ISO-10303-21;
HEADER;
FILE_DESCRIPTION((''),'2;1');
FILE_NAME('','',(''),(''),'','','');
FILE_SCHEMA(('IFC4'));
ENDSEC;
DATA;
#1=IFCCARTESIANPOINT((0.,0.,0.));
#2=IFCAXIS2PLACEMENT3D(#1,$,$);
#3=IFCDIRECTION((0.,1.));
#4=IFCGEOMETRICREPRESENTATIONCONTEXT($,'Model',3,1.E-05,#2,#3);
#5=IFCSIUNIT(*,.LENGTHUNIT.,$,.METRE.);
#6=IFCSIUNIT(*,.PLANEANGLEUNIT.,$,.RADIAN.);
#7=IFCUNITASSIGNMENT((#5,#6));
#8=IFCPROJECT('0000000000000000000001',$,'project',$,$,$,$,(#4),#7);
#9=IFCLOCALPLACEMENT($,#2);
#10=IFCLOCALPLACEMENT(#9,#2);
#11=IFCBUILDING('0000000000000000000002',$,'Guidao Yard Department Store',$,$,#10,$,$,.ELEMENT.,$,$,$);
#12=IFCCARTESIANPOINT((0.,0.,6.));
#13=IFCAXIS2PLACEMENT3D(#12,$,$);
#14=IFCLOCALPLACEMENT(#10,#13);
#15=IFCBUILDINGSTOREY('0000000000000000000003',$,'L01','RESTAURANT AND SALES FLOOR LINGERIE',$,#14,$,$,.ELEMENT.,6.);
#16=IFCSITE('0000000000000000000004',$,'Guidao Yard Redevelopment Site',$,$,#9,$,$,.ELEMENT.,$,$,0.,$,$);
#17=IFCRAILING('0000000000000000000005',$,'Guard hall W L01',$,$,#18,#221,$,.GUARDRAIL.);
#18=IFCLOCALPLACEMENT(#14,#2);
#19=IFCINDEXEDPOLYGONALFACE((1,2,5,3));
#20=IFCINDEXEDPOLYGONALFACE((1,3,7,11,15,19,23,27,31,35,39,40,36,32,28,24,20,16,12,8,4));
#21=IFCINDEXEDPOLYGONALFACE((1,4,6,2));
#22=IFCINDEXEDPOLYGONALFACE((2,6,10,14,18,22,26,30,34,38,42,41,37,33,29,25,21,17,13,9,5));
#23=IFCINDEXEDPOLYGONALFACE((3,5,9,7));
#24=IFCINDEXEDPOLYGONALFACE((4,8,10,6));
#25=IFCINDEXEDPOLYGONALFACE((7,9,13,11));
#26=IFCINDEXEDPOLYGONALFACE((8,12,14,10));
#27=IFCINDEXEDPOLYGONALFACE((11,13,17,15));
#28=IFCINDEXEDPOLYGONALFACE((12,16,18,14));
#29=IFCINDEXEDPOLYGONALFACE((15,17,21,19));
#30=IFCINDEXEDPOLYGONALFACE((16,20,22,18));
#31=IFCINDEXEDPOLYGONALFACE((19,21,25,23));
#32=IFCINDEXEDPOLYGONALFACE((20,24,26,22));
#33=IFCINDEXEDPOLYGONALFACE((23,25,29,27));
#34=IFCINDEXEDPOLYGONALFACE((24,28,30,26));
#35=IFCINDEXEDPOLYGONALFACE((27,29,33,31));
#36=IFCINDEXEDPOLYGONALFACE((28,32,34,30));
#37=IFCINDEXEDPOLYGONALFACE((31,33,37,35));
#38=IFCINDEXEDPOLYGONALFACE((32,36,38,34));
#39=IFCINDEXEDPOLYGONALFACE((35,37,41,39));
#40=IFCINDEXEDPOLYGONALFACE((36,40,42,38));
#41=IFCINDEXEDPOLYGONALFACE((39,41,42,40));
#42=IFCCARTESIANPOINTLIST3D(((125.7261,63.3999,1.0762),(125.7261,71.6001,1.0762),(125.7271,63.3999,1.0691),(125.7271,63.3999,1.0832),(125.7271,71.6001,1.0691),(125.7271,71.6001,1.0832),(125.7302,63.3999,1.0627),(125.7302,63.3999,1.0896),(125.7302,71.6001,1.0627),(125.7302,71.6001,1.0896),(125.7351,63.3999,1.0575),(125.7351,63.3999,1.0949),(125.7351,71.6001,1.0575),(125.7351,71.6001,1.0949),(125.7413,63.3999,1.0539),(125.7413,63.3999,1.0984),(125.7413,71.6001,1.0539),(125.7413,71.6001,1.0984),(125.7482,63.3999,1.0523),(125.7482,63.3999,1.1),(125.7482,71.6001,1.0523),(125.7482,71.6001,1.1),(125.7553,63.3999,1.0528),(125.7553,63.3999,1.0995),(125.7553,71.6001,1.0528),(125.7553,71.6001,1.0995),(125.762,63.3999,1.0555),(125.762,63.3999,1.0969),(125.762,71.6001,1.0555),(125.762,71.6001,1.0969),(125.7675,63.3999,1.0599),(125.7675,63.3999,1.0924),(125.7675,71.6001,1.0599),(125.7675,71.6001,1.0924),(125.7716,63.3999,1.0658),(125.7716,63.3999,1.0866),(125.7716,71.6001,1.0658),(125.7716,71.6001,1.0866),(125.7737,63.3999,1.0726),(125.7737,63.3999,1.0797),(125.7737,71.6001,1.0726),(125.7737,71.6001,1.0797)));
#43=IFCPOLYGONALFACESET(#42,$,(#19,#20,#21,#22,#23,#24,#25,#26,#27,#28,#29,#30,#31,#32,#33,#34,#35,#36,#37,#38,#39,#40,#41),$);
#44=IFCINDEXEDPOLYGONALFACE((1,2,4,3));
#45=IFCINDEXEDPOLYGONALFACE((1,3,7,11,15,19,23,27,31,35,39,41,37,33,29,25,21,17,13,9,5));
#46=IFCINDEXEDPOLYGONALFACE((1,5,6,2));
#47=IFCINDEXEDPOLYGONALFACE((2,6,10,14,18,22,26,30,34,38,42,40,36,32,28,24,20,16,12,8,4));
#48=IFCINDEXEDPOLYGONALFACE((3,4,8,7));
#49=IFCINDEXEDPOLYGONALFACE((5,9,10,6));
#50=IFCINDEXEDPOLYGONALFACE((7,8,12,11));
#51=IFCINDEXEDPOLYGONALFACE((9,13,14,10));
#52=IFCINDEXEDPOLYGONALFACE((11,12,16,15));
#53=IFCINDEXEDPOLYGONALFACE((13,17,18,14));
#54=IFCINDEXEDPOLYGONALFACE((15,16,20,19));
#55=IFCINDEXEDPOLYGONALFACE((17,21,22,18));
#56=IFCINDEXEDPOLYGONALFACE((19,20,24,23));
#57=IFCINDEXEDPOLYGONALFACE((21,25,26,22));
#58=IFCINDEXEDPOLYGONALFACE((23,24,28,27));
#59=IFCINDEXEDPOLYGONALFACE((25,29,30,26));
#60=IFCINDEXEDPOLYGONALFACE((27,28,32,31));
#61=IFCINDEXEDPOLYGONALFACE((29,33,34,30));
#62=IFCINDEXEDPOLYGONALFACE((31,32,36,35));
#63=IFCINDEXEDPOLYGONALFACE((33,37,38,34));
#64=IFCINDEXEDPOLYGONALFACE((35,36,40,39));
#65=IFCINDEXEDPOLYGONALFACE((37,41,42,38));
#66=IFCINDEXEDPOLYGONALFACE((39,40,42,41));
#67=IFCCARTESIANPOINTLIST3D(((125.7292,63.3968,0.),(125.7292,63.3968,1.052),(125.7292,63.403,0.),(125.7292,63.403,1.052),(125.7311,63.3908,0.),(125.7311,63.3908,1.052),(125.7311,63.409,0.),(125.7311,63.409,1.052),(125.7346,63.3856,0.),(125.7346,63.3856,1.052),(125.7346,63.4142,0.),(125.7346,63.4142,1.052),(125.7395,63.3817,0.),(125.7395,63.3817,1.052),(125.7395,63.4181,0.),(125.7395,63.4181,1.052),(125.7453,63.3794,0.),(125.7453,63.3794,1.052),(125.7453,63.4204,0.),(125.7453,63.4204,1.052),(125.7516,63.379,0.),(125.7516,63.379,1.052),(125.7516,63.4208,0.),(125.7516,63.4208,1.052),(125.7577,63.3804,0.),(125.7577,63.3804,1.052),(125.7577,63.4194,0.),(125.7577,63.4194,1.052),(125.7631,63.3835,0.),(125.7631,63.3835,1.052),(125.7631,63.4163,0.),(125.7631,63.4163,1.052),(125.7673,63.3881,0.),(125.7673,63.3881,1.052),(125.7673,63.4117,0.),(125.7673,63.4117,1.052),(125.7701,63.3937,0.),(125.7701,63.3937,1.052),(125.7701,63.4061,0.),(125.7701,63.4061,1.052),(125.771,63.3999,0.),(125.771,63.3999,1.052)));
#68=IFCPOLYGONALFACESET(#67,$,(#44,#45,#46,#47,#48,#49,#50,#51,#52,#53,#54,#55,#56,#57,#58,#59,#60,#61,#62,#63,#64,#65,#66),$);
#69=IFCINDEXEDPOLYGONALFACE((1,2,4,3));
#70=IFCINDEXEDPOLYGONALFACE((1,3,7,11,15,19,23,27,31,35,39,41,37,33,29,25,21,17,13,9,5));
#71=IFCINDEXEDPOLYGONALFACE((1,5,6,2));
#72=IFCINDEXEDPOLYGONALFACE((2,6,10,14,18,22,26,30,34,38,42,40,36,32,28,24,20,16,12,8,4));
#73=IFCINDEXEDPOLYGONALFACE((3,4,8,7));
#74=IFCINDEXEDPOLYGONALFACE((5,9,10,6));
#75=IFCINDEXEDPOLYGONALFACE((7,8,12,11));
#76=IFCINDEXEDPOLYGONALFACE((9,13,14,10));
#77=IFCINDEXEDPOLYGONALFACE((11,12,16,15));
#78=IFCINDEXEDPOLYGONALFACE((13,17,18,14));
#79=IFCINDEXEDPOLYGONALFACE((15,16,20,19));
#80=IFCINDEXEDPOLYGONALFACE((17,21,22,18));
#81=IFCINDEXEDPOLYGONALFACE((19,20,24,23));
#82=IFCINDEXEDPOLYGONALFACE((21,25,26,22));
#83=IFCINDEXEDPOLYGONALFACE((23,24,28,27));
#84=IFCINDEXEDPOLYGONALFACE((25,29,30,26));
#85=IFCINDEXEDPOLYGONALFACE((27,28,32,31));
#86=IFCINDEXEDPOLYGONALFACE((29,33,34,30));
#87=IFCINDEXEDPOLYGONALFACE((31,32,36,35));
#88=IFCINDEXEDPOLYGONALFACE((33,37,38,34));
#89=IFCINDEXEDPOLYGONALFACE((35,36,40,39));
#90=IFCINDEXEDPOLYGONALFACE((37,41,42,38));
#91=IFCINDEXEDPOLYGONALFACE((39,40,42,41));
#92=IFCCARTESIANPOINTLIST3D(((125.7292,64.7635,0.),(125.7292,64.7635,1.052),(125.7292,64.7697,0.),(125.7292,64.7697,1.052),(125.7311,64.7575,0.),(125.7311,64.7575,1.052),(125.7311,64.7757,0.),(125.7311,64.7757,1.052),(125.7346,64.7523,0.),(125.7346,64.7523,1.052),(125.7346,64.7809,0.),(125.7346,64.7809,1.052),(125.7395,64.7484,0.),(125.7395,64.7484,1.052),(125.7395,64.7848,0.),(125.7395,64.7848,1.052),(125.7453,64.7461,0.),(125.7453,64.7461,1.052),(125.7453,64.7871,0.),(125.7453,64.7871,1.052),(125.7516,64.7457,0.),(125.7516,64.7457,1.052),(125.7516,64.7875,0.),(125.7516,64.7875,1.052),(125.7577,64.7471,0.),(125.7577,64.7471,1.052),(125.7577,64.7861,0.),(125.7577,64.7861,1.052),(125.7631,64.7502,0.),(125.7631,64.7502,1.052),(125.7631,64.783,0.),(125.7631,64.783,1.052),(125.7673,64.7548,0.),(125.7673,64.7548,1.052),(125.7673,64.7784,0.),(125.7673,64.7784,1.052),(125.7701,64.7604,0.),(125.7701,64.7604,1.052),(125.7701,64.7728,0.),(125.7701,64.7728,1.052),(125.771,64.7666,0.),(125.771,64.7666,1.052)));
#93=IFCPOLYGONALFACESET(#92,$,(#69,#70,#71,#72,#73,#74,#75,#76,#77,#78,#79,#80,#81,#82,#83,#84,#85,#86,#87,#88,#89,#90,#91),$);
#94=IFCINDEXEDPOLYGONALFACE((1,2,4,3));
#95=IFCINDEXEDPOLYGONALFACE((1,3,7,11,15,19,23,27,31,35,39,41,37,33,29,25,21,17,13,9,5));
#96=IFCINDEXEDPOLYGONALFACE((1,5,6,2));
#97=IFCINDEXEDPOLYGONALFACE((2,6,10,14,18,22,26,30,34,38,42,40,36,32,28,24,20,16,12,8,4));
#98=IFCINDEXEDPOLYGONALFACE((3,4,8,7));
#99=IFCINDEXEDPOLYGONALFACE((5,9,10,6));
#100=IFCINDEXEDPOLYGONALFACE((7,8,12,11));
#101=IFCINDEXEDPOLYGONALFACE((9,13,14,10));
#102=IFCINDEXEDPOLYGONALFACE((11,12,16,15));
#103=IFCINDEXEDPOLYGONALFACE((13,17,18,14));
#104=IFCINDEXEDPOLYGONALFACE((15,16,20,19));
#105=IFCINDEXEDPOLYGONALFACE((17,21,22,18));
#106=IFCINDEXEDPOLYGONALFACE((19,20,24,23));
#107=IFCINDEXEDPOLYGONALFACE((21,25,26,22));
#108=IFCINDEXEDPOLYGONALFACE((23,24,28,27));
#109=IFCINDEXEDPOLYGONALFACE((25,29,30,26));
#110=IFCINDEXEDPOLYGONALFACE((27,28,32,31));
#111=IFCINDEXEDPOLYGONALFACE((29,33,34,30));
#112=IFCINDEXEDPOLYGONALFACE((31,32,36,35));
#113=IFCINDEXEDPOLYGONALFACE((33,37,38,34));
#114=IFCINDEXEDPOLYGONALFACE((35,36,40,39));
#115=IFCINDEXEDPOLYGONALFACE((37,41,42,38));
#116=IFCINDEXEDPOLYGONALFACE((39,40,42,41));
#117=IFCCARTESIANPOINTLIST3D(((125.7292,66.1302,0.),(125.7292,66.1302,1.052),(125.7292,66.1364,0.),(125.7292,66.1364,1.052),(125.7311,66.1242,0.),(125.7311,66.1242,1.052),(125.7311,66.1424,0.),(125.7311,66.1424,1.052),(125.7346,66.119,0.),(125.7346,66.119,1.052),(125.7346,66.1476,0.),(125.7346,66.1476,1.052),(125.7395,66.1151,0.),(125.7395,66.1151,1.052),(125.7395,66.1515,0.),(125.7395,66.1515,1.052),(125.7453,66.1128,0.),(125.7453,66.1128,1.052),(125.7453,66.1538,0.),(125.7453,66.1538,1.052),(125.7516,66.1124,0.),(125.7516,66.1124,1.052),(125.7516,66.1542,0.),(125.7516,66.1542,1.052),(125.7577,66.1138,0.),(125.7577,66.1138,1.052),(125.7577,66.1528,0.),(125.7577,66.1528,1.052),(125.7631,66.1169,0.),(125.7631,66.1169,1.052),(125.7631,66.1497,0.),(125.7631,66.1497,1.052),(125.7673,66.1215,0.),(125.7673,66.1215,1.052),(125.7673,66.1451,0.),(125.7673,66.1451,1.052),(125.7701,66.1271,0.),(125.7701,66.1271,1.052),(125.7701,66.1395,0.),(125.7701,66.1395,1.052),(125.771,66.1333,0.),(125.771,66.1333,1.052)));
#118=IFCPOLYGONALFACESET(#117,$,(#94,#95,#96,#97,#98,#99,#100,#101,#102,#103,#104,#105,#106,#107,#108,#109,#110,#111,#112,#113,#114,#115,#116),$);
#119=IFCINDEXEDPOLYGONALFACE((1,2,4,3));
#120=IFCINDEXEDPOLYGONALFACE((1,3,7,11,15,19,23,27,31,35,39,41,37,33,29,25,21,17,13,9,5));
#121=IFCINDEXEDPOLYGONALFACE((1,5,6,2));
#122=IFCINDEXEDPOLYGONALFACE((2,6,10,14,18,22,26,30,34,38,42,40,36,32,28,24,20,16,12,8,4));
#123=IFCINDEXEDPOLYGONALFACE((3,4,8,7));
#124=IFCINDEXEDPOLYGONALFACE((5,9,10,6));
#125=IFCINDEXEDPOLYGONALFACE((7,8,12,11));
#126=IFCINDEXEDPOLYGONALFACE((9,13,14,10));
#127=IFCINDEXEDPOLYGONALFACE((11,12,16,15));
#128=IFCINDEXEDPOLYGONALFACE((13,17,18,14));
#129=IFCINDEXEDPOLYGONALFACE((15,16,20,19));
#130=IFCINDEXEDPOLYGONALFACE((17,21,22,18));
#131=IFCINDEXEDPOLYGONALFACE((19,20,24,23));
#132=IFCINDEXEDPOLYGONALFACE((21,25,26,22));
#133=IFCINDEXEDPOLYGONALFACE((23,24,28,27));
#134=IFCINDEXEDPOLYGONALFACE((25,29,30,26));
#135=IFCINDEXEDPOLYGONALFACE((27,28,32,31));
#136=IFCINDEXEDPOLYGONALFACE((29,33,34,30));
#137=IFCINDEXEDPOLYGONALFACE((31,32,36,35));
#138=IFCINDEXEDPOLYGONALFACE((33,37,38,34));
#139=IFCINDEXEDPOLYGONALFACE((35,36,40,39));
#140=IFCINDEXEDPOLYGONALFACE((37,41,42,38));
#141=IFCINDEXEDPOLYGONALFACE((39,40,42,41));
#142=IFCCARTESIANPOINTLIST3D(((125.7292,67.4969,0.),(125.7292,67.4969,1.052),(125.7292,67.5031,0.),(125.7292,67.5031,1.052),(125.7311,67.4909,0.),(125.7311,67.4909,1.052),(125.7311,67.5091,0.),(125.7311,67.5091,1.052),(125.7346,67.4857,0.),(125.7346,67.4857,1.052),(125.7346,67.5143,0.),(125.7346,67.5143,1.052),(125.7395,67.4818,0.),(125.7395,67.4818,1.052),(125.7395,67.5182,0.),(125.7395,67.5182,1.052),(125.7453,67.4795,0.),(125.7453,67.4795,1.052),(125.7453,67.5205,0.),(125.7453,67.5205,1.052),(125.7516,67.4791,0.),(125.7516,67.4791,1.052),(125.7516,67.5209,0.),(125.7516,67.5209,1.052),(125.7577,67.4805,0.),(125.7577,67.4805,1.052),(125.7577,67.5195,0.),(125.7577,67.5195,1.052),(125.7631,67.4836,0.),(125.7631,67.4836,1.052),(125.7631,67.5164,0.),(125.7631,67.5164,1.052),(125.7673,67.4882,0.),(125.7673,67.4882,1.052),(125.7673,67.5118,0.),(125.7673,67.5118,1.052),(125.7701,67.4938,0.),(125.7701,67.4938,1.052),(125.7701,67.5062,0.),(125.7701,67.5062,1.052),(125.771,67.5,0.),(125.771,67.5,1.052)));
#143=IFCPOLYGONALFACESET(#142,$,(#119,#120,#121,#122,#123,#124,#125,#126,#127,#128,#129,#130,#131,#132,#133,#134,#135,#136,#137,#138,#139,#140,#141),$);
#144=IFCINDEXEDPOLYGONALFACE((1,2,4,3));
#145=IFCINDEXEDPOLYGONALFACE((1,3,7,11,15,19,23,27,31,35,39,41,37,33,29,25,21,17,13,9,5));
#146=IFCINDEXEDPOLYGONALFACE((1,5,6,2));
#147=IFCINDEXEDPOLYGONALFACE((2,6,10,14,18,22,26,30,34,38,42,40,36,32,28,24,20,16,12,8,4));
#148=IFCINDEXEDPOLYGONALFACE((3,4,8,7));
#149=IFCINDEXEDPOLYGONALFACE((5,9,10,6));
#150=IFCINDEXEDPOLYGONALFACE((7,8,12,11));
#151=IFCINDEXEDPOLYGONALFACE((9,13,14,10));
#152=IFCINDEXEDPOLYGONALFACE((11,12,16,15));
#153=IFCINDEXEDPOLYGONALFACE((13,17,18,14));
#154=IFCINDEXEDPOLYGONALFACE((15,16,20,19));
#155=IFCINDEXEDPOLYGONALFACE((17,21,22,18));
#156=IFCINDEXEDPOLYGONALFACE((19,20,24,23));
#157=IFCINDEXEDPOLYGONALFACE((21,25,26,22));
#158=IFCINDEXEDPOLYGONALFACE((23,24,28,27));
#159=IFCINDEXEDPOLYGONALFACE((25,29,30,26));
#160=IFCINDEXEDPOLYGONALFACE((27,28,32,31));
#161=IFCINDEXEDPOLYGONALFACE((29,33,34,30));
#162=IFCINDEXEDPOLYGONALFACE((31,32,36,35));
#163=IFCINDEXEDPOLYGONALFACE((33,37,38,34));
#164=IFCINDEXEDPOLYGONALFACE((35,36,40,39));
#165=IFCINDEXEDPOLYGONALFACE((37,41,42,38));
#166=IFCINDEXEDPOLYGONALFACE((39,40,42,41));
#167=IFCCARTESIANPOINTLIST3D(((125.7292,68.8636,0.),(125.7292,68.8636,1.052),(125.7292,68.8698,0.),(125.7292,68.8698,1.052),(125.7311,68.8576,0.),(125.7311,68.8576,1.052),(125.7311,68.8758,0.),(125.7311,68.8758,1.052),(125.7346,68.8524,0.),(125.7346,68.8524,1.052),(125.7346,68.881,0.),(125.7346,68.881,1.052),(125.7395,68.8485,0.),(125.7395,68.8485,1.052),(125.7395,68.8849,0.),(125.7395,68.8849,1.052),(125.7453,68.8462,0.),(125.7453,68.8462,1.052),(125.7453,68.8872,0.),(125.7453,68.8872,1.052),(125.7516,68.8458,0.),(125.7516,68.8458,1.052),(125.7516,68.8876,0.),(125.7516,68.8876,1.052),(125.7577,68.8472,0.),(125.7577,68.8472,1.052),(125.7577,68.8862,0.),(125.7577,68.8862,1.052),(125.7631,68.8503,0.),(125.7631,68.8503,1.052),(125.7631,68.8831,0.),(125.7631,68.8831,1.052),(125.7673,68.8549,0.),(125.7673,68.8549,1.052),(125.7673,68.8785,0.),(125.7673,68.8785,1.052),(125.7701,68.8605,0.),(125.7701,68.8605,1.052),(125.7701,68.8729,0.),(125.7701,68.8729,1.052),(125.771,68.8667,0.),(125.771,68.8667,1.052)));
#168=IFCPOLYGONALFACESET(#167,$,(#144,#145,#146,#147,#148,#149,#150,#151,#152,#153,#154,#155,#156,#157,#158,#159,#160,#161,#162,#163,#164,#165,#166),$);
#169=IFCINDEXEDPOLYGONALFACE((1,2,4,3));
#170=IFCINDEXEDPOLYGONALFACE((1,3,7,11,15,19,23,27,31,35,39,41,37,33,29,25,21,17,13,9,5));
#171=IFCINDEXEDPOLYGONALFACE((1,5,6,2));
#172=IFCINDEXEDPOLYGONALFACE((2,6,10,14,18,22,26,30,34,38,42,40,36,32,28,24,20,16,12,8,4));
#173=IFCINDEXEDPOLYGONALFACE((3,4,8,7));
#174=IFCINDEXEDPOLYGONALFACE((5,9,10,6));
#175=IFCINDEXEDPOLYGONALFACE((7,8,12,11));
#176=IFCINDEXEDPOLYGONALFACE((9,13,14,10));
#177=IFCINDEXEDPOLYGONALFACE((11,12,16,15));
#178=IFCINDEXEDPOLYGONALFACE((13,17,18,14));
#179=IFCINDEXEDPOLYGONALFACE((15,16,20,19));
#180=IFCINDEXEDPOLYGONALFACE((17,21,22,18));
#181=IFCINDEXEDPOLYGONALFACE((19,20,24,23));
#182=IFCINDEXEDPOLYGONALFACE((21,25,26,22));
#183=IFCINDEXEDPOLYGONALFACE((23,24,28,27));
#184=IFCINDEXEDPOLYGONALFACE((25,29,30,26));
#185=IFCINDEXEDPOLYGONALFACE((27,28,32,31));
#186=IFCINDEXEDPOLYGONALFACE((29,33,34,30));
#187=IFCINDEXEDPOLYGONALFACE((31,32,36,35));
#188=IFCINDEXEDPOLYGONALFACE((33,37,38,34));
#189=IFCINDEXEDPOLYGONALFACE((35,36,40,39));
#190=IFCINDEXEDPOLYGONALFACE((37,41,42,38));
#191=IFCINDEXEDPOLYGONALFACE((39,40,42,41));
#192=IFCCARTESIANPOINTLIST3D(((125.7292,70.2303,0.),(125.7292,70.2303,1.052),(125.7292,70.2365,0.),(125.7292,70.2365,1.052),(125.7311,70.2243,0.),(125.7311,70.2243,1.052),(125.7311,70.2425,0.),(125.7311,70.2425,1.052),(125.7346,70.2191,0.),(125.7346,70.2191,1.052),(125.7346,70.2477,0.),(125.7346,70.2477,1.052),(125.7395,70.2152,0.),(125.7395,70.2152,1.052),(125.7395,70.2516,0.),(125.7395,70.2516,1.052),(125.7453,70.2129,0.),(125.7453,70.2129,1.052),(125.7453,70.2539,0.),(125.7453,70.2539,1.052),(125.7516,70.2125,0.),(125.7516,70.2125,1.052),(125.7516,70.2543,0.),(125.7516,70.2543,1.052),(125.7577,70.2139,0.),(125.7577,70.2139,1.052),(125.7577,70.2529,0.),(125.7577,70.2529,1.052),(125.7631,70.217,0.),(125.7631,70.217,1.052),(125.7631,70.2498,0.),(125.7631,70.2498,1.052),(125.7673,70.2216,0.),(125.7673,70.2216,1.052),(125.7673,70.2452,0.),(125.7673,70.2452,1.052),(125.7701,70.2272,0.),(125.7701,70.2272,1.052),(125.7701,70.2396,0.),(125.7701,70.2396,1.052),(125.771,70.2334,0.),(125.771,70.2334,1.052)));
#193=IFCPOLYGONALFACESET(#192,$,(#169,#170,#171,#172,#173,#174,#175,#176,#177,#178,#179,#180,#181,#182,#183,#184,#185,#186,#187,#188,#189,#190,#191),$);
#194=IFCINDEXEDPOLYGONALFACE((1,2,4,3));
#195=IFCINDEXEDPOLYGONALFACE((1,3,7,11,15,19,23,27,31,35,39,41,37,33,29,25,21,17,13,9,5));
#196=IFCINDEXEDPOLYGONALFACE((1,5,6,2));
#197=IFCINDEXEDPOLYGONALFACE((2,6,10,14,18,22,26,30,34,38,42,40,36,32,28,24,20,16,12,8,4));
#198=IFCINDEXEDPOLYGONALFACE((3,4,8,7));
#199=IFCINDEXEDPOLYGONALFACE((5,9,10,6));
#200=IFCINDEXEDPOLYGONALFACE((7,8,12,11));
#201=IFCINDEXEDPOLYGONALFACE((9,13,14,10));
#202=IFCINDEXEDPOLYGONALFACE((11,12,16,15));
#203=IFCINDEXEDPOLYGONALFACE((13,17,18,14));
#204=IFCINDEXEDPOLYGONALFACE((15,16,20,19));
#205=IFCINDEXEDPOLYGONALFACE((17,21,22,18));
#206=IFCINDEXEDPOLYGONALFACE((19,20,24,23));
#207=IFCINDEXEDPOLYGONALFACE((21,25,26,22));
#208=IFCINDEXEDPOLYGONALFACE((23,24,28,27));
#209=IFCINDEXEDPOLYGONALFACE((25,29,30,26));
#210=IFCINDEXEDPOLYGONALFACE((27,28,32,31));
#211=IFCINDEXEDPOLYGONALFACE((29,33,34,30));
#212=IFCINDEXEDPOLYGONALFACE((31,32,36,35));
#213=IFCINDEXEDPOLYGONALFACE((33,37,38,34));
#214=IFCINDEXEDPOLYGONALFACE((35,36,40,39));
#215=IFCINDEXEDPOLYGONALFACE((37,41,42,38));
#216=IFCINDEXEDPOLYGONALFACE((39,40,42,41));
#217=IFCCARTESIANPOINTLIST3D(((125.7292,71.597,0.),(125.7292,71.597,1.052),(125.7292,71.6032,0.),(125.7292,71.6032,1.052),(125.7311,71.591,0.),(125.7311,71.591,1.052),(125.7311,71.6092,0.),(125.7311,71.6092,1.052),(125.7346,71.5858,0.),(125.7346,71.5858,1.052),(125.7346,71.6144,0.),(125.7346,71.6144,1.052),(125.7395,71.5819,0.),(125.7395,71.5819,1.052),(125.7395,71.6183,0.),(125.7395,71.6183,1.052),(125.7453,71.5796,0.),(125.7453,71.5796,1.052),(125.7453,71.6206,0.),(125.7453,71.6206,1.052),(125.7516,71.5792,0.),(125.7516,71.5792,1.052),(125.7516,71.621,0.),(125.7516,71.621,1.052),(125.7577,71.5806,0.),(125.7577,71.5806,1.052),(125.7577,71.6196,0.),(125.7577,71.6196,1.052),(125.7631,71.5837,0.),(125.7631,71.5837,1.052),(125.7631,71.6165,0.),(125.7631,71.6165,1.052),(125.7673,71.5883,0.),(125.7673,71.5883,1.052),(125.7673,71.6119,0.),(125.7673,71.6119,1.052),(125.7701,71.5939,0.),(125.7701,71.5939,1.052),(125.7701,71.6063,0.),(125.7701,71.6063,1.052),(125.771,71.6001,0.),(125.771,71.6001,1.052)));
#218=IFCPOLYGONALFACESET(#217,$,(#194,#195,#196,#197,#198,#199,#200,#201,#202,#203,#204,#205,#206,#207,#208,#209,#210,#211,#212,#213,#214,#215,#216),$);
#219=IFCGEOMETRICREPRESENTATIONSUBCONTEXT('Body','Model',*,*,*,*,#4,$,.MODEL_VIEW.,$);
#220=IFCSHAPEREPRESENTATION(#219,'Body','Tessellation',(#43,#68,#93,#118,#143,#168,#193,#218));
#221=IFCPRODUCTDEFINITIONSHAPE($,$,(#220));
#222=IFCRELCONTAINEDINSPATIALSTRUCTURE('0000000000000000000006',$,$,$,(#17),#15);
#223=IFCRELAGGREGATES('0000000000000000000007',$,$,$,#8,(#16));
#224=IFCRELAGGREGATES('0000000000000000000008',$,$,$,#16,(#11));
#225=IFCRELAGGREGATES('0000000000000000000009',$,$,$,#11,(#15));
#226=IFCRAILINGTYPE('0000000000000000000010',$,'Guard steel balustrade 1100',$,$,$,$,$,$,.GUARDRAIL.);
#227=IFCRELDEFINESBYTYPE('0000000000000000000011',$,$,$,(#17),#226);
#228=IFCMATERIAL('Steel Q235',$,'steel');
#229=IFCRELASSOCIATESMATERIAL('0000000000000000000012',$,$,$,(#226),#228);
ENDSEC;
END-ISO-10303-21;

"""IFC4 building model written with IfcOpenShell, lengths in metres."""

from ifc_helpers import new_model, si_unit, direction, frame, origin, origin_2d, place, context, subcontext, project, spatial, circle, extrude, material, type_object, element, save


model = new_model("IFC4")

# Units and contexts
model_context = context("Model", 3, precision=1e-05, world=origin(), true_north=direction((0.0, 1.0)))
body_context = subcontext(model_context, "Body", "Model", "MODEL_VIEW")
ifc_project = project(units=[si_unit("LENGTHUNIT", "METRE"), si_unit("PLANEANGLEUNIT", "RADIAN")], contexts=[model_context])

# Site, building, storey
site_placement = place(None, origin())
site = spatial("IfcSite", under=ifc_project, at=site_placement, Name="Guidao Yard Redevelopment Site", CompositionType="ELEMENT", RefElevation=0.0)
building_placement = place(site_placement, origin())
building = spatial("IfcBuilding", under=site, at=building_placement, Name="Guidao Yard Department Store", CompositionType="ELEMENT")
storey_placement = place(building_placement, frame((0.0, 0.0, 6.0)))
storey = spatial("IfcBuildingStorey", under=building, at=storey_placement, Name="L01", Description="RESTAURANT AND SALES FLOOR LINGERIE", CompositionType="ELEMENT", Elevation=6.0)

# Railing
ifc_material_1 = material(Name="Steel Q235", Category="steel")
railing_type = type_object("IfcRailingType", Name="Guard steel balustrade 1100", PredefinedType="GUARDRAIL", material=ifc_material_1)
for number, where, name in (
    (1, (125.75, 63.3999, 0.0), "Guard hall W L01"),
):
    element("IfcRailing", number, at=place(storey_placement, frame(where)), inside=storey, type_object=railing_type, Name=name, PredefinedType="GUARDRAIL", context=body_context, shape_type="SweptSolid", body=[
        extrude(circle(Radius=0.0239, at=origin_2d()), frame((0.0, 0.0, 1.0762), z_axis=(0.0, 1.0, 0.0), x_axis=(-1.0, 0.0, 0.0)), (0.0, 0.0, 1.0), 8.2002),
        extrude(circle(Radius=0.021, at=origin_2d()), origin(), (0.0, 0.0, 1.0), 1.052),
        extrude(circle(Radius=0.021, at=origin_2d()), frame((0.0, 1.3667, 0.0)), (0.0, 0.0, 1.0), 1.052),
        extrude(circle(Radius=0.021, at=origin_2d()), frame((0.0, 2.7334, 0.0)), (0.0, 0.0, 1.0), 1.052),
        extrude(circle(Radius=0.021, at=origin_2d()), frame((0.0, 4.1001, 0.0)), (0.0, 0.0, 1.0), 1.052),
        extrude(circle(Radius=0.021, at=origin_2d()), frame((0.0, 5.4668, 0.0)), (0.0, 0.0, 1.0), 1.052),
        extrude(circle(Radius=0.021, at=origin_2d()), frame((0.0, 6.8335, 0.0)), (0.0, 0.0, 1.0), 1.052),
        extrude(circle(Radius=0.021, at=origin_2d()), frame((0.0, 8.2002, 0.0)), (0.0, 0.0, 1.0), 1.052),
    ])

save(model, "model.ifc")
